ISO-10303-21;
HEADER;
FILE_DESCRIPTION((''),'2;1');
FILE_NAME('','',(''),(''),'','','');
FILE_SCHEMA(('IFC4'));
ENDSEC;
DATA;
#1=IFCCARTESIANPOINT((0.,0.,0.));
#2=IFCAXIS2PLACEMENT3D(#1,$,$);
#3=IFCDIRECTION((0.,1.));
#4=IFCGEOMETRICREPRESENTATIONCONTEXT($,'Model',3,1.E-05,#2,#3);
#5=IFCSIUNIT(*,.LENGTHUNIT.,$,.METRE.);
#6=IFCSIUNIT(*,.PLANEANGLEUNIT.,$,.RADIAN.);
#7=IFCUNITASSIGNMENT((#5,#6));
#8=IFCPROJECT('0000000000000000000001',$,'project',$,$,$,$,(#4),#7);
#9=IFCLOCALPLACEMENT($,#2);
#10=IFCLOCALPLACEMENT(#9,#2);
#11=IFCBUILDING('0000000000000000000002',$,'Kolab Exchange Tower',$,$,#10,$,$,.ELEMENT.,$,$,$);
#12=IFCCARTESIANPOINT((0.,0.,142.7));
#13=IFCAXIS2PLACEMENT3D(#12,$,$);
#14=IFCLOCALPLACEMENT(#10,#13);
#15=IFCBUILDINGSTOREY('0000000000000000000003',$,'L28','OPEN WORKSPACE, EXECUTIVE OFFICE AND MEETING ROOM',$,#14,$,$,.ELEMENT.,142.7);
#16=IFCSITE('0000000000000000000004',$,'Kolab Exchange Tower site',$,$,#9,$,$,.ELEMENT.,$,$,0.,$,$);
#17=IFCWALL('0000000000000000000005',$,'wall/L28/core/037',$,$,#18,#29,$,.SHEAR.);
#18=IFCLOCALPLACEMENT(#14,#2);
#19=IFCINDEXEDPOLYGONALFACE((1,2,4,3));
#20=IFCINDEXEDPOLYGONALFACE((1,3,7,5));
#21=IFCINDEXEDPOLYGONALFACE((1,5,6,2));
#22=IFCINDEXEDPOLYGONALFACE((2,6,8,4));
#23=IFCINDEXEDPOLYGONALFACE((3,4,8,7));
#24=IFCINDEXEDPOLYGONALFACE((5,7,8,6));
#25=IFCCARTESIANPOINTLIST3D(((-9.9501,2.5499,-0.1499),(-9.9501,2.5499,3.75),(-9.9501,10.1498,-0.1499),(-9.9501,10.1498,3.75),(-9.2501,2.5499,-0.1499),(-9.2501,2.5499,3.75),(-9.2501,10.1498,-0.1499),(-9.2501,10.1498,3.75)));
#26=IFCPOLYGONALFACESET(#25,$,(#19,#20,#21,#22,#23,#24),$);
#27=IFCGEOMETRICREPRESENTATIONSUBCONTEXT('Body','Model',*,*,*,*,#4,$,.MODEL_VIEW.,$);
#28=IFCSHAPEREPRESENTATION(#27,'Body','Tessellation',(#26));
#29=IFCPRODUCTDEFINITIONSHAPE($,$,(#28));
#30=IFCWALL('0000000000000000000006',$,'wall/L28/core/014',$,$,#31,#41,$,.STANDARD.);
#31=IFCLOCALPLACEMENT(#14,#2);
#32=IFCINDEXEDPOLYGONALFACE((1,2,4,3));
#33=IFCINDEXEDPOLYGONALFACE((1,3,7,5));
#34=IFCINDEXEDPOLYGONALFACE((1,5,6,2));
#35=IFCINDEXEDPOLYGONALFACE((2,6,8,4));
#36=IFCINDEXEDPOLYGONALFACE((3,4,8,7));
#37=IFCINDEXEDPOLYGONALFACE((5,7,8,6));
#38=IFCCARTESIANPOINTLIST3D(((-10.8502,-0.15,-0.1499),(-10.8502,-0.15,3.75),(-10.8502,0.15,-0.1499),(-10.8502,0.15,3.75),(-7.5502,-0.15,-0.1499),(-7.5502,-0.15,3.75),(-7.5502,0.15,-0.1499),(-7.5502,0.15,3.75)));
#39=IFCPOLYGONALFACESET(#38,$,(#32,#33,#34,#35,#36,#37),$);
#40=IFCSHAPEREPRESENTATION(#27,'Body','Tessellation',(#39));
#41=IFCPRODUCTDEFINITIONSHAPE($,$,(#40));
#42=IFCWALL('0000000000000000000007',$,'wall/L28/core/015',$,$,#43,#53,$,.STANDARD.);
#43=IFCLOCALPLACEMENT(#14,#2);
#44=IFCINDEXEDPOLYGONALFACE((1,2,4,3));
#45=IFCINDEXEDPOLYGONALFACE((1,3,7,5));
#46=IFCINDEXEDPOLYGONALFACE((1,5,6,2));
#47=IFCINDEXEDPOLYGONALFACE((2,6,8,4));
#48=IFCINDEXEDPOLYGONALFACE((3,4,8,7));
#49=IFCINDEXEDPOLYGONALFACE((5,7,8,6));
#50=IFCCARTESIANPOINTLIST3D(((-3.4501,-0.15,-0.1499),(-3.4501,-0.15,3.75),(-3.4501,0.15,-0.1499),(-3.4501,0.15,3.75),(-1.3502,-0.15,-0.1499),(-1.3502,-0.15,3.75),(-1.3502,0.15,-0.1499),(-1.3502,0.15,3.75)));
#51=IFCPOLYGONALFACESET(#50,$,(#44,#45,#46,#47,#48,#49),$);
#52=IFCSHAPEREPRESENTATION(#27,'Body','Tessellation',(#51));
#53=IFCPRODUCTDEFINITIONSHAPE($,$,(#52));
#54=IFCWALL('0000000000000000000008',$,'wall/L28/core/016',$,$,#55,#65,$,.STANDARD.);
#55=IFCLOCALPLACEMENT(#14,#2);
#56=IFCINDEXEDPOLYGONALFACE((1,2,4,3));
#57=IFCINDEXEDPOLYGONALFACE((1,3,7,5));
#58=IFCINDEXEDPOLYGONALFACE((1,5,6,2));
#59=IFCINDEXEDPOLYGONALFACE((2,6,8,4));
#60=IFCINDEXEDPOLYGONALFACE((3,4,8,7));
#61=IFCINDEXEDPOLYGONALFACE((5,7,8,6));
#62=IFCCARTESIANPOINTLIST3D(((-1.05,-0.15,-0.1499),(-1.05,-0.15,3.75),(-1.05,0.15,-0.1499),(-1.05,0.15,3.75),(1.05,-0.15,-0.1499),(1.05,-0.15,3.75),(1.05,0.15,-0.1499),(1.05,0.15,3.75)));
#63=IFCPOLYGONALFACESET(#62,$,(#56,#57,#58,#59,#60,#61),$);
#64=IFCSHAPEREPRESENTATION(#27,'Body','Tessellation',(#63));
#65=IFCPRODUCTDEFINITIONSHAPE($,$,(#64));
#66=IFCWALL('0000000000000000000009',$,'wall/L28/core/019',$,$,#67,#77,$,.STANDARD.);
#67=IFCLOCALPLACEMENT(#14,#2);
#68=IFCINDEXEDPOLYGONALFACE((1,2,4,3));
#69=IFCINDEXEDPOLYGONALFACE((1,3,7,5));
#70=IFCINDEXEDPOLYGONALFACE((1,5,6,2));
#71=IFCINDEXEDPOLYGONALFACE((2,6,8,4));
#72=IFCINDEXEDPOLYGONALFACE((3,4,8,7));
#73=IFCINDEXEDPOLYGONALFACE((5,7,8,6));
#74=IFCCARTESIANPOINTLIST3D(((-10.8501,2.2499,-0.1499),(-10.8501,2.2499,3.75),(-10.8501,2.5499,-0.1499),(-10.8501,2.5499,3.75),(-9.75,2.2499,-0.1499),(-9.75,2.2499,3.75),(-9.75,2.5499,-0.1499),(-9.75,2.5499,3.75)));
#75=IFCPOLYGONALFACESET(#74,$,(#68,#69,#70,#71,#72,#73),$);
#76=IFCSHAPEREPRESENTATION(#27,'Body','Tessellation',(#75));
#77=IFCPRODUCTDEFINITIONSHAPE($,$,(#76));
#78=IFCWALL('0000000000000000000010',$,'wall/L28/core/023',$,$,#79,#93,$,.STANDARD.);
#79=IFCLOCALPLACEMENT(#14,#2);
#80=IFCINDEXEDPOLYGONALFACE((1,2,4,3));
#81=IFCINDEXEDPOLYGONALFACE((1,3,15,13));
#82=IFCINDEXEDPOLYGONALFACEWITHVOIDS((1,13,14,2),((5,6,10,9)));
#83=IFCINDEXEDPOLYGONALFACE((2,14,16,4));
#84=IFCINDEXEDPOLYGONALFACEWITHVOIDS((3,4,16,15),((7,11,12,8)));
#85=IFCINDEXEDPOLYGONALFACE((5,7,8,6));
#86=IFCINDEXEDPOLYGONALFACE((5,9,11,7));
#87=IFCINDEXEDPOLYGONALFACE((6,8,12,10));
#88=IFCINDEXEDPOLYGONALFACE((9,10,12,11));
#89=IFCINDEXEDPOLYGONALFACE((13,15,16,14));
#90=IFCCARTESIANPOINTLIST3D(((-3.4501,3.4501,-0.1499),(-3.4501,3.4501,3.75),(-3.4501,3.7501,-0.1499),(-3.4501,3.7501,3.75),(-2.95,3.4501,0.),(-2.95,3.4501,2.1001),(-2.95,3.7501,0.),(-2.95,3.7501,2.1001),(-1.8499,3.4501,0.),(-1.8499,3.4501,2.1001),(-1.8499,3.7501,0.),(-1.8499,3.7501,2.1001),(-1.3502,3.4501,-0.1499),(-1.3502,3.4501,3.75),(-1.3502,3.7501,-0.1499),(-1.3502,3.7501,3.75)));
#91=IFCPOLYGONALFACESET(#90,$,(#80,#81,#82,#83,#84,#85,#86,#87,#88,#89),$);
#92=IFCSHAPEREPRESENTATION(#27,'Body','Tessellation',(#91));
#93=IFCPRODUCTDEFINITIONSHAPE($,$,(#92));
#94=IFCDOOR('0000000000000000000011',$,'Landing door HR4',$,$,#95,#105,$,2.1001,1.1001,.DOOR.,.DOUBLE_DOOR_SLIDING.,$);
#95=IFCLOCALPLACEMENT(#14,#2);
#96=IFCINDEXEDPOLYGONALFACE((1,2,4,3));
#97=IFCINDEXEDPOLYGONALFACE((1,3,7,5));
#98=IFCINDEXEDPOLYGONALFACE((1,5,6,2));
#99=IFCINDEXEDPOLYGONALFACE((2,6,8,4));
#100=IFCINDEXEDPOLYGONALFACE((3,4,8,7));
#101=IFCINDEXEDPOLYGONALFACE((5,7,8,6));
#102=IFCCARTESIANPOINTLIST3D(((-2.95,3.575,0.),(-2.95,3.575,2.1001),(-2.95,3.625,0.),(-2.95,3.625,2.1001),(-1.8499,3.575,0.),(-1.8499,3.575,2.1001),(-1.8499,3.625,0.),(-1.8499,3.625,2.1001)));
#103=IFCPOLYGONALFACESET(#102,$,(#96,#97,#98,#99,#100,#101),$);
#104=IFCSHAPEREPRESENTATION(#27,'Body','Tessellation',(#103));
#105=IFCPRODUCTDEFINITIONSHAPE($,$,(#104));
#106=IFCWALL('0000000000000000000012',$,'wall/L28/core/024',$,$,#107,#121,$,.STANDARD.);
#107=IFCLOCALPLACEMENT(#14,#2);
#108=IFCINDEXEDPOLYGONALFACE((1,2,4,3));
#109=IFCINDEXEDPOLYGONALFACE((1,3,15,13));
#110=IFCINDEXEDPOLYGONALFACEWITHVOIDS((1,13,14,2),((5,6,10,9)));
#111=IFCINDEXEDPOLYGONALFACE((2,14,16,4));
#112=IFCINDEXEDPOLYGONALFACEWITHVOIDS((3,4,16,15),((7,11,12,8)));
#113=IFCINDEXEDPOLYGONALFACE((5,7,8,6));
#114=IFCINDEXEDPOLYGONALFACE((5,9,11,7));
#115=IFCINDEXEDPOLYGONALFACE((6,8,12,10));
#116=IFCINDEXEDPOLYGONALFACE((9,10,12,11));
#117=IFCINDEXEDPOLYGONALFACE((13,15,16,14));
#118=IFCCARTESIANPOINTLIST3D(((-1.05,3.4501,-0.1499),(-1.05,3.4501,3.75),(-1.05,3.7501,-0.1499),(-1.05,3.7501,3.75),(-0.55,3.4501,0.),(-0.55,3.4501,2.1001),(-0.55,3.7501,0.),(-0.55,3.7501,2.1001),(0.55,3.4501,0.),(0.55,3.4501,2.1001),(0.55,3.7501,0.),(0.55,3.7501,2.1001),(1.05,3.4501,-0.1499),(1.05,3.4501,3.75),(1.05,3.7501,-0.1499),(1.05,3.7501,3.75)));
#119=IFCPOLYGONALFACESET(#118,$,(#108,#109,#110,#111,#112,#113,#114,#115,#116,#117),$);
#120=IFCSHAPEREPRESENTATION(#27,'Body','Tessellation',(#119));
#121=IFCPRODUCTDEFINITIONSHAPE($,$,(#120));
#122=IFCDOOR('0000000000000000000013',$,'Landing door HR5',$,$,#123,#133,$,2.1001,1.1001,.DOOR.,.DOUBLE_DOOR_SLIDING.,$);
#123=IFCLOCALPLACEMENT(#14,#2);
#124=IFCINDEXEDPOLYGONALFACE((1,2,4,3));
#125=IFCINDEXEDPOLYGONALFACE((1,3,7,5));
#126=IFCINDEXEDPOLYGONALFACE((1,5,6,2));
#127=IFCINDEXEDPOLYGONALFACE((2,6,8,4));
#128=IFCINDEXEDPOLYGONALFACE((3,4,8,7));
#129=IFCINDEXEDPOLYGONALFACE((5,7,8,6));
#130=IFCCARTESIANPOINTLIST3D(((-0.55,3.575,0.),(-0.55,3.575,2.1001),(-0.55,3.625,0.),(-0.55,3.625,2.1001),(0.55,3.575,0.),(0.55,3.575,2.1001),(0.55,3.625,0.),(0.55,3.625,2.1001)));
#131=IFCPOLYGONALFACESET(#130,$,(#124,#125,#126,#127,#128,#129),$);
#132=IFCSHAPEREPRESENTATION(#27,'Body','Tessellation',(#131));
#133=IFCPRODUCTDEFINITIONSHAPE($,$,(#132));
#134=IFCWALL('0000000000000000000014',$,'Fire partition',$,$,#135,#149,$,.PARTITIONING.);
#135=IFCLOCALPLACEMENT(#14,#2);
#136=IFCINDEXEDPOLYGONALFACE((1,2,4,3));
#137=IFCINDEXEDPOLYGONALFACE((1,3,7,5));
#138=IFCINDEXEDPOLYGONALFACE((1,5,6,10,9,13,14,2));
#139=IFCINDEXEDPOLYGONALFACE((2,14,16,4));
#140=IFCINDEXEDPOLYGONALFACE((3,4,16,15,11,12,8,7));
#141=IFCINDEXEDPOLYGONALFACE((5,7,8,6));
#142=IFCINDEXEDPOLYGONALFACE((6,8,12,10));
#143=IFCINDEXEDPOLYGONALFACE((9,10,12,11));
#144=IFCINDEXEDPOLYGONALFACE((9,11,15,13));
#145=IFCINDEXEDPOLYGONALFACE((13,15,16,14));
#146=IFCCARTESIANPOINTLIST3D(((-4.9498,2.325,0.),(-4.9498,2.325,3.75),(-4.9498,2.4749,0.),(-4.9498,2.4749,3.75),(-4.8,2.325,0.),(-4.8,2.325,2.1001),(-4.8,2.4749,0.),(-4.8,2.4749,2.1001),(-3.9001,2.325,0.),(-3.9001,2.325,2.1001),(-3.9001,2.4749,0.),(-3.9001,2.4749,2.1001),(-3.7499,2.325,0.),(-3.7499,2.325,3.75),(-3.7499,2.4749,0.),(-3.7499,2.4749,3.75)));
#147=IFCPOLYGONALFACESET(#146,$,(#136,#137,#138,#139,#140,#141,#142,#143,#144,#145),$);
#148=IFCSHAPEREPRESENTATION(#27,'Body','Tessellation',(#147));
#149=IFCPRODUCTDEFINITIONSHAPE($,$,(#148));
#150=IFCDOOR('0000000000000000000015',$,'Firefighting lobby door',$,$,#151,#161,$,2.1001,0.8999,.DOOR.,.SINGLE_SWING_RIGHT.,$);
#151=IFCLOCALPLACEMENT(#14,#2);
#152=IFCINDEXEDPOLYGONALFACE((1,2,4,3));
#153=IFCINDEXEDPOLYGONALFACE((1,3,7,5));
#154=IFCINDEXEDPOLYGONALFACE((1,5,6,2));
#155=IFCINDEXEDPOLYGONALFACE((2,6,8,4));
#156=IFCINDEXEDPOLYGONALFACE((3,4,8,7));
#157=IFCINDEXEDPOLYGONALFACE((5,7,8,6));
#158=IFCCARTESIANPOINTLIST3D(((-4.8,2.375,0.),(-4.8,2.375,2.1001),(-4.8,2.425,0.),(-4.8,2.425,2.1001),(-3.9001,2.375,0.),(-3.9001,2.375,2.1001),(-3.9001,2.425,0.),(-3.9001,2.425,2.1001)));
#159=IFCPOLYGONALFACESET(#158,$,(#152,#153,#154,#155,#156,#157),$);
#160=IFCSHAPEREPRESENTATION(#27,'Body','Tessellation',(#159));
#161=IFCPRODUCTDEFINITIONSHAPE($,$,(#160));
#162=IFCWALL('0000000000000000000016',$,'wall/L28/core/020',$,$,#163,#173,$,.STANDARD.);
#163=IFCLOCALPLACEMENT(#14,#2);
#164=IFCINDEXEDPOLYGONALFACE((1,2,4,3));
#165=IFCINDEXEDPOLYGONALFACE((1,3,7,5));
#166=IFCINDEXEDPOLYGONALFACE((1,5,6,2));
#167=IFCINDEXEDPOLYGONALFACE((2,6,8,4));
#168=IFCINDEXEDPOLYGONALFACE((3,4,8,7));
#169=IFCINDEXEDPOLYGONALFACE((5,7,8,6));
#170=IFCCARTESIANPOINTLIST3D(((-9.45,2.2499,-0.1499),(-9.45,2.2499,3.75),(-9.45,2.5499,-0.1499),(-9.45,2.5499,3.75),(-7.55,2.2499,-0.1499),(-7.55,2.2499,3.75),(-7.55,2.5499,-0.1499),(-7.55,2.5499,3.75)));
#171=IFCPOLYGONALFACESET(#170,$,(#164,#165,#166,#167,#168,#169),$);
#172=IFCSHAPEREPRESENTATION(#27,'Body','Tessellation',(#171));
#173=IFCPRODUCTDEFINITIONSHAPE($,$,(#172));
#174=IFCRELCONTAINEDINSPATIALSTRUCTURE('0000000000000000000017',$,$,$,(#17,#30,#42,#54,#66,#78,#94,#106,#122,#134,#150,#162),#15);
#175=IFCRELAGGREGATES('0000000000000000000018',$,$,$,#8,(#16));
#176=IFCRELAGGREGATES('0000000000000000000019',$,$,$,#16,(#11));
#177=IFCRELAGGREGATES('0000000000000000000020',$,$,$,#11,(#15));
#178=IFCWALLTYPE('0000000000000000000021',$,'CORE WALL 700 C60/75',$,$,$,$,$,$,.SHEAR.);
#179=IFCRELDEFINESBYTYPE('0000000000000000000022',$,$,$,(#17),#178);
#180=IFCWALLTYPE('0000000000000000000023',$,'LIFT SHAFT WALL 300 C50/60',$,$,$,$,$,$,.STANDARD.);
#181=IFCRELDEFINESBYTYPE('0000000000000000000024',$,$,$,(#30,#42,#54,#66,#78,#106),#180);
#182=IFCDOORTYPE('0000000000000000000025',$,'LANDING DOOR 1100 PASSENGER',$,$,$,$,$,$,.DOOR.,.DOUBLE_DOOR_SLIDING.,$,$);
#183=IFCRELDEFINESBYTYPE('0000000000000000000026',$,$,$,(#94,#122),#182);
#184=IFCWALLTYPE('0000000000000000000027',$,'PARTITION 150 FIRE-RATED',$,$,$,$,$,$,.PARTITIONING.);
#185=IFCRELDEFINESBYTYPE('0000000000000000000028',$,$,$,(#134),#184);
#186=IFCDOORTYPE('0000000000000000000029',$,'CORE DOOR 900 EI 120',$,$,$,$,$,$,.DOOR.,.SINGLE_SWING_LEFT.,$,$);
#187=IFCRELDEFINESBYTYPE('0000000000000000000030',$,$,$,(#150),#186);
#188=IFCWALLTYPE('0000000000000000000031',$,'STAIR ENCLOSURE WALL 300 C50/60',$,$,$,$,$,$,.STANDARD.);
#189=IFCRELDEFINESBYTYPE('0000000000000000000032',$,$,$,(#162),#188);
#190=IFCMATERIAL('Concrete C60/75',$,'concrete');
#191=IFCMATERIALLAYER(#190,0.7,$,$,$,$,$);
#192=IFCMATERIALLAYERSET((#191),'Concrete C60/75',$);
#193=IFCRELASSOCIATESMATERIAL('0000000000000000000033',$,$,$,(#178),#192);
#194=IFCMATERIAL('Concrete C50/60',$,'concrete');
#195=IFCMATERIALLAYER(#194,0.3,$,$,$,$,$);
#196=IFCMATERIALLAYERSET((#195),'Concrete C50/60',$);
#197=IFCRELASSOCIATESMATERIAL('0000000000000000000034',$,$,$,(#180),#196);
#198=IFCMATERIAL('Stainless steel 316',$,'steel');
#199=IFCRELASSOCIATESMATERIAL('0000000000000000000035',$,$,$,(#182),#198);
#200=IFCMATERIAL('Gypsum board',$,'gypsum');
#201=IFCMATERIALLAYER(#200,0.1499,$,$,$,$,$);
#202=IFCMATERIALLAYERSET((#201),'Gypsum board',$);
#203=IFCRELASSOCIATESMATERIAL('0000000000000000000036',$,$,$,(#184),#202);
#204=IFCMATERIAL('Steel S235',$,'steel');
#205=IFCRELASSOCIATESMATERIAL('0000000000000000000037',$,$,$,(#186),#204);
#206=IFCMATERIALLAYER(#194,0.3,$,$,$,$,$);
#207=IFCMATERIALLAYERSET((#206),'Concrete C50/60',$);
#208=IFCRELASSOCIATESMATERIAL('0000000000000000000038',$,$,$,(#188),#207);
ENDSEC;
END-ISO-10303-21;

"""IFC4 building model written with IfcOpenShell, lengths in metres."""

from ifc_helpers import new_model, si_unit, direction, frame, frame_2d, origin, place, context, subcontext, project, spatial, rectangle, extrude, material, layer, layer_set, type_object, element, fill, save


model = new_model("IFC4")

# Units and contexts
model_context = context("Model", 3, precision=1e-05, world=origin(), true_north=direction((0.0, 1.0)))
body_context = subcontext(model_context, "Body", "Model", "MODEL_VIEW")
ifc_project = project(units=[si_unit("LENGTHUNIT", "METRE"), si_unit("PLANEANGLEUNIT", "RADIAN")], contexts=[model_context])

# Site, building, storey
site_placement = place(None, origin())
site = spatial("IfcSite", under=ifc_project, at=site_placement, Name="Kolab Exchange Tower site", CompositionType="ELEMENT", RefElevation=0.0)
building_placement = place(site_placement, origin())
building = spatial("IfcBuilding", under=site, at=building_placement, Name="Kolab Exchange Tower", CompositionType="ELEMENT")
storey_placement = place(building_placement, frame((0.0, 0.0, 142.7)))
storey = spatial("IfcBuildingStorey", under=building, at=storey_placement, Name="L28", Description="OPEN WORKSPACE, EXECUTIVE OFFICE AND MEETING ROOM", CompositionType="ELEMENT", Elevation=142.7)

# Walls
ifc_material_1 = material(Name="Concrete C60/75", Category="concrete")
ifc_layer_1 = layer(ifc_material_1, 0.7)
ifc_layer_set_1 = layer_set([ifc_layer_1], Name="Concrete C60/75")
wall_type_1 = type_object("IfcWallType", Name="CORE WALL 700 C60/75", PredefinedType="SHEAR", material=ifc_layer_set_1)
wall_1_placement = place(storey_placement, frame((-9.6001, 2.55, -0.1499), z_axis=(0.0, 0.0, 1.0), x_axis=(0.0, 1.0, 0.0)))
element("IfcWall", 1, at=wall_1_placement, inside=storey, type_object=wall_type_1, Name="wall/L28/core/037", PredefinedType="SHEAR", context=body_context, shape_type="SweptSolid", body=[
    extrude(rectangle(XDim=7.5999, YDim=0.7, at=frame_2d((3.7998, 0.0))), origin(), (0.0, 0.0, 1.0), 3.8999),
])
ifc_material_2 = material(Name="Concrete C50/60", Category="concrete")
ifc_layer_2 = layer(ifc_material_2, 0.3)
ifc_layer_set_2 = layer_set([ifc_layer_2], Name="Concrete C50/60")
wall_type_2 = type_object("IfcWallType", Name="LIFT SHAFT WALL 300 C50/60", PredefinedType="STANDARD", material=ifc_layer_set_2)
wall_2_placement = place(storey_placement, frame((-10.8501, 0.0, -0.1499), z_axis=(0.0, 0.0, 1.0), x_axis=(1.0, 0.0, 0.0)))
element("IfcWall", 2, at=wall_2_placement, inside=storey, type_object=wall_type_2, Name="wall/L28/core/014", PredefinedType="STANDARD", context=body_context, shape_type="SweptSolid", body=[
    extrude(rectangle(XDim=3.3, YDim=0.3, at=frame_2d((1.6499, 0.0))), origin(), (0.0, 0.0, 1.0), 3.8999),
])
wall_3_placement = place(storey_placement, frame((-3.45, 0.0, -0.1499), z_axis=(0.0, 0.0, 1.0), x_axis=(1.0, 0.0, 0.0)))
element("IfcWall", 3, at=wall_3_placement, inside=storey, type_object=wall_type_2, Name="wall/L28/core/015", PredefinedType="STANDARD", context=body_context, shape_type="SweptSolid", body=[
    extrude(rectangle(XDim=2.0999, YDim=0.3, at=frame_2d((1.0498, 0.0))), origin(), (0.0, 0.0, 1.0), 3.8999),
])
wall_4_placement = place(storey_placement, frame((-1.05, 0.0, -0.1499), z_axis=(0.0, 0.0, 1.0), x_axis=(1.0, 0.0, 0.0)))
element("IfcWall", 4, at=wall_4_placement, inside=storey, type_object=wall_type_2, Name="wall/L28/core/016", PredefinedType="STANDARD", context=body_context, shape_type="SweptSolid", body=[
    extrude(rectangle(XDim=2.1001, YDim=0.3, at=frame_2d((1.05, 0.0))), origin(), (0.0, 0.0, 1.0), 3.8999),
])
wall_5_placement = place(storey_placement, frame((-10.8501, 2.3999, -0.1499), z_axis=(0.0, 0.0, 1.0), x_axis=(1.0, 0.0, 0.0)))
element("IfcWall", 5, at=wall_5_placement, inside=storey, type_object=wall_type_2, Name="wall/L28/core/019", PredefinedType="STANDARD", context=body_context, shape_type="SweptSolid", body=[
    extrude(rectangle(XDim=1.1001, YDim=0.3, at=frame_2d((0.55, 0.0))), origin(), (0.0, 0.0, 1.0), 3.8999),
])

# Walls, openings, doors
wall_6_placement = place(storey_placement, frame((-3.45, 3.6001, -0.1499), z_axis=(0.0, 0.0, 1.0), x_axis=(1.0, 0.0, 0.0)))
wall_6 = element("IfcWall", 6, at=wall_6_placement, inside=storey, type_object=wall_type_2, Name="wall/L28/core/023", PredefinedType="STANDARD", context=body_context, shape_type="SweptSolid", body=[
    extrude(rectangle(XDim=2.0999, YDim=0.3, at=frame_2d((1.0498, 0.0))), origin(), (0.0, 0.0, 1.0), 3.8999),
])
opening_1_placement = place(wall_6_placement, frame((0.5, 0.0, 0.1499)))
opening_1 = element("IfcOpeningElement", 7, at=opening_1_placement, cuts=wall_6, PredefinedType="OPENING", context=body_context, shape_type="SweptSolid", body=[
    extrude(rectangle(XDim=1.1001, YDim=2.1001, at=frame_2d((0.55, 1.05))), frame((0.0, 0.1602, 0.0), z_axis=(0.0, -1.0, 0.0), x_axis=(1.0, 0.0, 0.0)), (0.0, 0.0, 1.0), 0.3201),
])
ifc_material_3 = material(Name="Stainless steel 316", Category="steel")
door_type_1 = type_object("IfcDoorType", Name="LANDING DOOR 1100 PASSENGER", OperationType="DOUBLE_DOOR_SLIDING", PredefinedType="DOOR", material=ifc_material_3)
door_1_placement = place(opening_1_placement, origin())
door_1 = element("IfcDoor", 8, at=door_1_placement, inside=storey, type_object=door_type_1, Name="Landing door HR4", OperationType="DOUBLE_DOOR_SLIDING", OverallHeight=2.1001, OverallWidth=1.1001, PredefinedType="DOOR", context=body_context, shape_type="SweptSolid", body=[
    extrude(rectangle(XDim=1.1001, YDim=2.1001, at=frame_2d((0.55, 1.05))), frame((0.0, 0.0249, 0.0), z_axis=(0.0, -1.0, 0.0), x_axis=(1.0, 0.0, 0.0)), (0.0, 0.0, 1.0), 0.05),
])
fill(opening_1, door_1)
wall_7_placement = place(storey_placement, frame((-1.05, 3.6001, -0.1499), z_axis=(0.0, 0.0, 1.0), x_axis=(1.0, 0.0, 0.0)))
wall_7 = element("IfcWall", 9, at=wall_7_placement, inside=storey, type_object=wall_type_2, Name="wall/L28/core/024", PredefinedType="STANDARD", context=body_context, shape_type="SweptSolid", body=[
    extrude(rectangle(XDim=2.1001, YDim=0.3, at=frame_2d((1.05, 0.0))), origin(), (0.0, 0.0, 1.0), 3.8999),
])
opening_2_placement = place(wall_7_placement, frame((0.5, 0.0, 0.1499)))
opening_2 = element("IfcOpeningElement", 10, at=opening_2_placement, cuts=wall_7, PredefinedType="OPENING", context=body_context, shape_type="SweptSolid", body=[
    extrude(rectangle(XDim=1.1001, YDim=2.1001, at=frame_2d((0.55, 1.05))), frame((0.0, 0.1602, 0.0), z_axis=(0.0, -1.0, 0.0), x_axis=(1.0, 0.0, 0.0)), (0.0, 0.0, 1.0), 0.3201),
])
door_2_placement = place(opening_2_placement, origin())
door_2 = element("IfcDoor", 11, at=door_2_placement, inside=storey, type_object=door_type_1, Name="Landing door HR5", OperationType="DOUBLE_DOOR_SLIDING", OverallHeight=2.1001, OverallWidth=1.1001, PredefinedType="DOOR", context=body_context, shape_type="SweptSolid", body=[
    extrude(rectangle(XDim=1.1001, YDim=2.1001, at=frame_2d((0.55, 1.05))), frame((0.0, 0.0249, 0.0), z_axis=(0.0, -1.0, 0.0), x_axis=(1.0, 0.0, 0.0)), (0.0, 0.0, 1.0), 0.05),
])
fill(opening_2, door_2)
ifc_material_4 = material(Name="Gypsum board", Category="gypsum")
ifc_layer_3 = layer(ifc_material_4, 0.1499)
ifc_layer_set_3 = layer_set([ifc_layer_3], Name="Gypsum board")
wall_type_3 = type_object("IfcWallType", Name="PARTITION 150 FIRE-RATED", PredefinedType="PARTITIONING", material=ifc_layer_set_3)
wall_8_placement = place(storey_placement, frame((-4.95, 2.3999, 0.0), z_axis=(0.0, 0.0, 1.0), x_axis=(1.0, 0.0, 0.0)))
wall_8 = element("IfcWall", 12, at=wall_8_placement, inside=storey, type_object=wall_type_3, Name="Fire partition", PredefinedType="PARTITIONING", context=body_context, shape_type="SweptSolid", body=[
    extrude(rectangle(XDim=1.2, YDim=0.1499, at=frame_2d((0.6001, 0.0))), origin(), (0.0, 0.0, 1.0), 3.75),
])
opening_3_placement = place(wall_8_placement, frame((0.1499, 0.0, 0.0)))
opening_3 = element("IfcOpeningElement", 13, at=opening_3_placement, cuts=wall_8, PredefinedType="OPENING", context=body_context, shape_type="SweptSolid", body=[
    extrude(rectangle(XDim=0.8999, YDim=2.1001, at=frame_2d((0.45, 1.05))), frame((0.0, 0.085, 0.0), z_axis=(0.0, -1.0, 0.0), x_axis=(1.0, 0.0, 0.0)), (0.0, 0.0, 1.0), 0.1699),
])
ifc_material_5 = material(Name="Steel S235", Category="steel")
door_type_2 = type_object("IfcDoorType", Name="CORE DOOR 900 EI 120", OperationType="SINGLE_SWING_LEFT", PredefinedType="DOOR", material=ifc_material_5)
door_3_placement = place(opening_3_placement, frame((0.8999, 0.0, 0.0), z_axis=(0.0, 0.0, 1.0), x_axis=(-1.0, 0.0, 0.0)))
door_3 = element("IfcDoor", 14, at=door_3_placement, inside=storey, type_object=door_type_2, Name="Firefighting lobby door", OperationType="SINGLE_SWING_RIGHT", OverallHeight=2.1001, OverallWidth=0.8999, PredefinedType="DOOR", context=body_context, shape_type="SweptSolid", body=[
    extrude(rectangle(XDim=0.8999, YDim=2.1001, at=frame_2d((0.45, 1.05))), frame((0.0, 0.0249, 0.0), z_axis=(0.0, -1.0, 0.0), x_axis=(1.0, 0.0, 0.0)), (0.0, 0.0, 1.0), 0.05),
])
fill(opening_3, door_3)

# Wall
ifc_layer_4 = layer(ifc_material_2, 0.3)
ifc_layer_set_4 = layer_set([ifc_layer_4], Name="Concrete C50/60")
wall_type_4 = type_object("IfcWallType", Name="STAIR ENCLOSURE WALL 300 C50/60", PredefinedType="STANDARD", material=ifc_layer_set_4)
wall_9_placement = place(storey_placement, frame((-9.45, 2.3999, -0.1499), z_axis=(0.0, 0.0, 1.0), x_axis=(1.0, 0.0, 0.0)))
element("IfcWall", 15, at=wall_9_placement, inside=storey, type_object=wall_type_4, Name="wall/L28/core/020", PredefinedType="STANDARD", context=body_context, shape_type="SweptSolid", body=[
    extrude(rectangle(XDim=1.8999, YDim=0.3, at=frame_2d((0.95, 0.0))), origin(), (0.0, 0.0, 1.0), 3.8999),
])

save(model, "model.ifc")
